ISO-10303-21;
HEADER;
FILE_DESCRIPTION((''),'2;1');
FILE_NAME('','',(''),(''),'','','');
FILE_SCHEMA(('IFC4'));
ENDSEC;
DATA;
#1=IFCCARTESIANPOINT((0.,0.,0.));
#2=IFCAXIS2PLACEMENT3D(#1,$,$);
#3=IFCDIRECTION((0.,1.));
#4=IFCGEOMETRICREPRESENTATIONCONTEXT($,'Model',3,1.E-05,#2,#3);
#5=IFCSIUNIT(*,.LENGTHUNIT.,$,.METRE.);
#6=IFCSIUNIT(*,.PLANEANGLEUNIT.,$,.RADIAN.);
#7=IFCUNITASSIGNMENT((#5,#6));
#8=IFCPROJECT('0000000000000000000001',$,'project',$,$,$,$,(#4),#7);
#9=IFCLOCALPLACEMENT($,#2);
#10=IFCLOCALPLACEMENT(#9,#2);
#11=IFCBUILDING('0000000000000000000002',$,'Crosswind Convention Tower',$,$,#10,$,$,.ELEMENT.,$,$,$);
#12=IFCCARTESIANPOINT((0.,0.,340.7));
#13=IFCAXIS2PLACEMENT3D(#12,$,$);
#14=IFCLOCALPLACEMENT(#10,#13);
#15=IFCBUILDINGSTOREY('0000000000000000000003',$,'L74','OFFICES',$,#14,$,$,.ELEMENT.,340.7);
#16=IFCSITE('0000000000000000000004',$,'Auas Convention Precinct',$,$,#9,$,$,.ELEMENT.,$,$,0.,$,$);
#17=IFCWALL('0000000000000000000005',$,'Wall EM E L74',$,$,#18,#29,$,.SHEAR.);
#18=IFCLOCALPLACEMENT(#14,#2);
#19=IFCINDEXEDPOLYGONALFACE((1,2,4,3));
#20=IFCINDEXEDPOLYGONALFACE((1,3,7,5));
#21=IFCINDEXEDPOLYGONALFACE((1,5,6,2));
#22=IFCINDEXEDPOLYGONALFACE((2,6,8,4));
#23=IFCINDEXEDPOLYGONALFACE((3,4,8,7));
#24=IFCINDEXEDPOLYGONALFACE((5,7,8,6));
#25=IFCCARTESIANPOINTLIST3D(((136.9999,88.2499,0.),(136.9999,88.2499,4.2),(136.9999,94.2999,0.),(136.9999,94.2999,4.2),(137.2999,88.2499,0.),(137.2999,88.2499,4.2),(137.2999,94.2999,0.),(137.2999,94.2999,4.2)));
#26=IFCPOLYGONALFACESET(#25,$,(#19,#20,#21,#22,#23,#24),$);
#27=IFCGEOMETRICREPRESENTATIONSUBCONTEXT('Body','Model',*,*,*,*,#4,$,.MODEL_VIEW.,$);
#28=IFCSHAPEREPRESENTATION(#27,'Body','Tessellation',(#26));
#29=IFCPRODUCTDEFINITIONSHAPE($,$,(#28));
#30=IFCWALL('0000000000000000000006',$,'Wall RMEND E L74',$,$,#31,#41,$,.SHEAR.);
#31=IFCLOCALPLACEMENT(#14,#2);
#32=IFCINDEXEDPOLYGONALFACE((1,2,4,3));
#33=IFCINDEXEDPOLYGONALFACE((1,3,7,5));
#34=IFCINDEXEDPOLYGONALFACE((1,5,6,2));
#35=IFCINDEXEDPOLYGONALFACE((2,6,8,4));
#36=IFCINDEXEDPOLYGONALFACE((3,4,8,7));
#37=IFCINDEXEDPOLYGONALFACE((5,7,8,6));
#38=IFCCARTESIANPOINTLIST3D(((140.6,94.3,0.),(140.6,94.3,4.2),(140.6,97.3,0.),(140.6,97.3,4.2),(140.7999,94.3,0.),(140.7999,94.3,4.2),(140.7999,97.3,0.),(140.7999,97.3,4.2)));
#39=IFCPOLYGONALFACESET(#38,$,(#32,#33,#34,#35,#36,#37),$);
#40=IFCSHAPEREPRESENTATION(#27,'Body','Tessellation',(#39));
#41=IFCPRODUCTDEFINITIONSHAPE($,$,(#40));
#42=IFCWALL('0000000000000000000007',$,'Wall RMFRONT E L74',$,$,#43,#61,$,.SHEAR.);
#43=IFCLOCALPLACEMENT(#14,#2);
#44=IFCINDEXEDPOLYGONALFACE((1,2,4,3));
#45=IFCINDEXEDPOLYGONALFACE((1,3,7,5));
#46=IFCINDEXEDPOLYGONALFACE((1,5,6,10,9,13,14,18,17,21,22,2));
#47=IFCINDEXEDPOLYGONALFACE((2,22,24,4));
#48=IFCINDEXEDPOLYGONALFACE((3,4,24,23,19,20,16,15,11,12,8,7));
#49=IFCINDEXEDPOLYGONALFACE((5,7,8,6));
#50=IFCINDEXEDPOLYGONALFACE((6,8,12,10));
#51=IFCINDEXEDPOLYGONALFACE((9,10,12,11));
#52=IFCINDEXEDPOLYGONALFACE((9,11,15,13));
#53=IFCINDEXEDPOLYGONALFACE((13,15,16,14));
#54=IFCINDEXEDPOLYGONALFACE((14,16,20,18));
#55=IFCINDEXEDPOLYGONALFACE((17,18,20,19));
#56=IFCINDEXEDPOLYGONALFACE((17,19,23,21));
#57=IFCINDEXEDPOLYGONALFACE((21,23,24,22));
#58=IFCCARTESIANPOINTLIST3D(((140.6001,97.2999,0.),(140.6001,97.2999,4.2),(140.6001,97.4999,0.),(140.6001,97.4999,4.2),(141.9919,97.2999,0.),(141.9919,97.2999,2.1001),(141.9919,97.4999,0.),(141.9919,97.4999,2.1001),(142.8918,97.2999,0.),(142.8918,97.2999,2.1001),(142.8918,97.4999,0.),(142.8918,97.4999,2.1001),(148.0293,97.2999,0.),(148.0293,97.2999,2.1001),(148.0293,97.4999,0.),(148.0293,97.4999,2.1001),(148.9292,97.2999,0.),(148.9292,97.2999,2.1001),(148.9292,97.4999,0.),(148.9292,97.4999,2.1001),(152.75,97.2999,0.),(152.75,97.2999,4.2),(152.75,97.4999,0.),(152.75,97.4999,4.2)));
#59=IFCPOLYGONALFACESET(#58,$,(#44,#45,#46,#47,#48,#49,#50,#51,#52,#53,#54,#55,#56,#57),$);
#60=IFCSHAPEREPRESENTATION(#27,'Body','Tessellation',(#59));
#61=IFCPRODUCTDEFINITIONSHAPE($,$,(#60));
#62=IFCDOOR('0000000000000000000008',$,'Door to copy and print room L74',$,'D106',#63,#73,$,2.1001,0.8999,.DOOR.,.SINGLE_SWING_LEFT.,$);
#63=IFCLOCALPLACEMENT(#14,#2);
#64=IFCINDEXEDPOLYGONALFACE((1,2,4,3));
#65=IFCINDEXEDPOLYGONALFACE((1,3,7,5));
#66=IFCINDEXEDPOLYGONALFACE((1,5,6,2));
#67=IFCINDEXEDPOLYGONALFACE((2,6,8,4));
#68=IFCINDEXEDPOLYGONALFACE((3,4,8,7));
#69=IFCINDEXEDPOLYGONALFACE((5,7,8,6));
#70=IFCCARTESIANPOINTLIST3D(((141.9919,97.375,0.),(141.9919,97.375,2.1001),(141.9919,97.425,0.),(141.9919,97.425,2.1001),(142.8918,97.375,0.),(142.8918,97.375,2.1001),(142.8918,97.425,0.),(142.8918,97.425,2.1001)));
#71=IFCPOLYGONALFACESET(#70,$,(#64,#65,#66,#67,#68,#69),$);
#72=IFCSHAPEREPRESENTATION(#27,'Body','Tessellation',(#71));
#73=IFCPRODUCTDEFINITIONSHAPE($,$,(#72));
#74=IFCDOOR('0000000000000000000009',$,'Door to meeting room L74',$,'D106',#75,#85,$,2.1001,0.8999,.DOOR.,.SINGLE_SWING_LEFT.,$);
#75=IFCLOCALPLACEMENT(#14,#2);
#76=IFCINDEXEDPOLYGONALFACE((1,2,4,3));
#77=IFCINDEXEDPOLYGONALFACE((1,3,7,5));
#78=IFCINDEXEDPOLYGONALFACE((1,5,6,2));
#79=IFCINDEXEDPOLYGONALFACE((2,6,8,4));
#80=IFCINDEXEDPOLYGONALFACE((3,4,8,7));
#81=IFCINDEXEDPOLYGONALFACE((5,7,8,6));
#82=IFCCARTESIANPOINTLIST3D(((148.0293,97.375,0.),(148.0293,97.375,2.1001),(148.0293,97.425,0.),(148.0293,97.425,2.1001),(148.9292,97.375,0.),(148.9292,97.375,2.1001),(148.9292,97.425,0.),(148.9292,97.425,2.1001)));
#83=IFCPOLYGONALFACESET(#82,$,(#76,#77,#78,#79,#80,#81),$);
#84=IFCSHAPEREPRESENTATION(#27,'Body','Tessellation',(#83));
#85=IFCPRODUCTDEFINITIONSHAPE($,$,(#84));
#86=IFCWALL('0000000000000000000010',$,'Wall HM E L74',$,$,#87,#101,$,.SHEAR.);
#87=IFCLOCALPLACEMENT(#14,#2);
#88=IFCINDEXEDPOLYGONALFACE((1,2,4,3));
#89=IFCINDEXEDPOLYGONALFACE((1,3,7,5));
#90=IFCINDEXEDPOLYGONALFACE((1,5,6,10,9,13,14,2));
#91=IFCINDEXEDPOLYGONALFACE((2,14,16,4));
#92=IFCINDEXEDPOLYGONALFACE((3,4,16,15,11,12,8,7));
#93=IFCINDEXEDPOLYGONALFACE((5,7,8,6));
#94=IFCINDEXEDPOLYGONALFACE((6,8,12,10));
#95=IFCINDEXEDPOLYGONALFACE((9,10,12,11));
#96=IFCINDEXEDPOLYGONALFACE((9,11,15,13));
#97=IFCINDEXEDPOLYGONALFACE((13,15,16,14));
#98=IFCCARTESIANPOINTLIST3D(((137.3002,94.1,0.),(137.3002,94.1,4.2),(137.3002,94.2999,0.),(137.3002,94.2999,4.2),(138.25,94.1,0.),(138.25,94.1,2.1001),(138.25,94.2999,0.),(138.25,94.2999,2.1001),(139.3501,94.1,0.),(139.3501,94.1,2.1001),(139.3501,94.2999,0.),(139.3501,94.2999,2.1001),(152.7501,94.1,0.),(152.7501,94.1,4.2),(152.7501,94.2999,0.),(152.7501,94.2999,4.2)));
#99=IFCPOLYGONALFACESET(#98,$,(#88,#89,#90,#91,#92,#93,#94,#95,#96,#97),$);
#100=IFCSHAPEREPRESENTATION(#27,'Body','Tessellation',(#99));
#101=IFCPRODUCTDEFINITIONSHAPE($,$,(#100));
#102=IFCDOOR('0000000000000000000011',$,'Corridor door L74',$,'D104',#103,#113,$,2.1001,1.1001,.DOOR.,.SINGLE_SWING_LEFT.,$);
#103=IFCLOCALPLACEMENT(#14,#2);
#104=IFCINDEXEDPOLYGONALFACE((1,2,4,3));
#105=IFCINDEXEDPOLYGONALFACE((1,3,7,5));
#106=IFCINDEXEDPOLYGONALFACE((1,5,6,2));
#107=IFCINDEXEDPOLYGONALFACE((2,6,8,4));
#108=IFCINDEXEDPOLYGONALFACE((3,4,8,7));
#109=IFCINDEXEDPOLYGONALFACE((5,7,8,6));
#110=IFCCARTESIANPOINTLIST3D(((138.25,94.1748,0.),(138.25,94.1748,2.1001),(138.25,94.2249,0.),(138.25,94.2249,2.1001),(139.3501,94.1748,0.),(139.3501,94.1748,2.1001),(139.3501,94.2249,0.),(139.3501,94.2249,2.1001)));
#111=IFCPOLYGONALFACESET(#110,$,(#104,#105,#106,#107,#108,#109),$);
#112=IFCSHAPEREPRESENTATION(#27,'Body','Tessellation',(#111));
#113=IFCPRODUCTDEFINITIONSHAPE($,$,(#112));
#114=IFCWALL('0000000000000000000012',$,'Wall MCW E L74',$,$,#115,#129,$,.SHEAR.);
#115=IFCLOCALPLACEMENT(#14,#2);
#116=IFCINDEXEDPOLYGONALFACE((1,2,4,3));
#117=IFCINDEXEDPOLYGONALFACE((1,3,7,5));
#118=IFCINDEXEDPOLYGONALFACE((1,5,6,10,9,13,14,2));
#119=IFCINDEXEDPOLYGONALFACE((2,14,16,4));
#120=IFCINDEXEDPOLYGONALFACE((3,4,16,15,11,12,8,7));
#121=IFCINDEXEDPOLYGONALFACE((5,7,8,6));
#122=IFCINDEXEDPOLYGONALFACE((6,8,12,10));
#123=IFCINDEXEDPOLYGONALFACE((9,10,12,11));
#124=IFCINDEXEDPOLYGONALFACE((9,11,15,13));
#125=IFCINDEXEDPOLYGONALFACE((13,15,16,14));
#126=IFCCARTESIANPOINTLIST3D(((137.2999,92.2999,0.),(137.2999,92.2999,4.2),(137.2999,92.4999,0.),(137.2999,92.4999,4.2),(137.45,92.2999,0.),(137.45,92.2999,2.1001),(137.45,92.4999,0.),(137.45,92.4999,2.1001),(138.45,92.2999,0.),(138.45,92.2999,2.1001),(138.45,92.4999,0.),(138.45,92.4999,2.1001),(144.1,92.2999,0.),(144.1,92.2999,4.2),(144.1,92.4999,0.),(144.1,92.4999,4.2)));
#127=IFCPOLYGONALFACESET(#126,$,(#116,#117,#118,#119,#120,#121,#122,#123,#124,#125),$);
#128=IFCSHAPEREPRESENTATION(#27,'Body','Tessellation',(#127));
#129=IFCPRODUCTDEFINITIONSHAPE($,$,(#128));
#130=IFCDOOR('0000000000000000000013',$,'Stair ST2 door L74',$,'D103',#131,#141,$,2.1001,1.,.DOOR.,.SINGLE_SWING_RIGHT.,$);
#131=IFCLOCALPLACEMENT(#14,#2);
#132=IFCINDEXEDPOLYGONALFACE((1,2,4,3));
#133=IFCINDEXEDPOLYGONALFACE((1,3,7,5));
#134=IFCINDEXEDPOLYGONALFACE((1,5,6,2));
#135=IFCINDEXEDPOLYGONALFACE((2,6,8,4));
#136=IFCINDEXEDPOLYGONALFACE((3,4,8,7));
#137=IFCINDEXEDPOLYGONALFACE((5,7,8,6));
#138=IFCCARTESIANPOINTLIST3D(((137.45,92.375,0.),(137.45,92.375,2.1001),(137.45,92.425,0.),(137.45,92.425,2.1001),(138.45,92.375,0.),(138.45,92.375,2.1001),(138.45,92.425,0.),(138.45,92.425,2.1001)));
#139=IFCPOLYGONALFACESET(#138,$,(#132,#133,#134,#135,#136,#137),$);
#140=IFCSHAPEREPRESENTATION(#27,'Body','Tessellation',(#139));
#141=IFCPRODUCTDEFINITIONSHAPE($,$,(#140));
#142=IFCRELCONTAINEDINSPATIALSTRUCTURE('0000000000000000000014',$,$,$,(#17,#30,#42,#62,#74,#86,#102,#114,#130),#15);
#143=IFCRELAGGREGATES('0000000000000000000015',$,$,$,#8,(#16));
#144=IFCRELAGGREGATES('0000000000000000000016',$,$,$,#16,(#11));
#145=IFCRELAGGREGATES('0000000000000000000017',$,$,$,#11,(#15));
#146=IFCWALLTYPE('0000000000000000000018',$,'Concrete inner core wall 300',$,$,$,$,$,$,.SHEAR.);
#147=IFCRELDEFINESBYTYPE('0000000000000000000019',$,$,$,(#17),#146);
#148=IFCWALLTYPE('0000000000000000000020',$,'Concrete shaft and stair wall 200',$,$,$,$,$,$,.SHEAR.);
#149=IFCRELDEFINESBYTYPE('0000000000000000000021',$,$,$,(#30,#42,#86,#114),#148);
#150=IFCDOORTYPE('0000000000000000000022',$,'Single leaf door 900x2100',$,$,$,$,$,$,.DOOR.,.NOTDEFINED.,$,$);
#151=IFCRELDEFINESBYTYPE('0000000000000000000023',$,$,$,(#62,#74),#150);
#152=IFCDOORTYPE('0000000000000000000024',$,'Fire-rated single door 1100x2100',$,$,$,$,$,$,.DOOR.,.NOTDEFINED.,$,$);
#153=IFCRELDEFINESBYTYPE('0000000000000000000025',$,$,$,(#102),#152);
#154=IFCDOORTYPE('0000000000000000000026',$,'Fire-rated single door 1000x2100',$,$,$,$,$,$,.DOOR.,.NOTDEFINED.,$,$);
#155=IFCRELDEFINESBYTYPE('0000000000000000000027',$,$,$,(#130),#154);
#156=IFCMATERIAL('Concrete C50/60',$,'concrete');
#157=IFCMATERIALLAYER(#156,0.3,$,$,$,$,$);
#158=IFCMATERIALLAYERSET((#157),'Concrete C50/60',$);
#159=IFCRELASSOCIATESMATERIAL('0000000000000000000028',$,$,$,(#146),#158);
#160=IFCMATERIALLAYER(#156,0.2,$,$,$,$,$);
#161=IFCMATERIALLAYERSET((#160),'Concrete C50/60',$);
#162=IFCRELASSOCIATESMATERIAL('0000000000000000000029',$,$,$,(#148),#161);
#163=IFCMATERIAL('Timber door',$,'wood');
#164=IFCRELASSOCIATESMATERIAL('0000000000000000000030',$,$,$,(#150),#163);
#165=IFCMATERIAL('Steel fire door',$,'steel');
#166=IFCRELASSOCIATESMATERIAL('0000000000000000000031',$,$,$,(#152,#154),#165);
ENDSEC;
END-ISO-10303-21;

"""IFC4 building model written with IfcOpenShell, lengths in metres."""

from ifc_helpers import new_model, si_unit, direction, frame, frame_2d, origin, place, context, subcontext, project, spatial, rectangle, extrude, material, layer, layer_set, type_object, element, fill, save


model = new_model("IFC4")

# Units and contexts
model_context = context("Model", 3, precision=1e-05, world=origin(), true_north=direction((0.0, 1.0)))
body_context = subcontext(model_context, "Body", "Model", "MODEL_VIEW")
ifc_project = project(units=[si_unit("LENGTHUNIT", "METRE"), si_unit("PLANEANGLEUNIT", "RADIAN")], contexts=[model_context])

# Site, building, storey
site_placement = place(None, origin())
site = spatial("IfcSite", under=ifc_project, at=site_placement, Name="Auas Convention Precinct", CompositionType="ELEMENT", RefElevation=0.0)
building_placement = place(site_placement, origin())
building = spatial("IfcBuilding", under=site, at=building_placement, Name="Crosswind Convention Tower", CompositionType="ELEMENT")
storey_placement = place(building_placement, frame((0.0, 0.0, 340.7)))
storey = spatial("IfcBuildingStorey", under=building, at=storey_placement, Name="L74", Description="OFFICES", CompositionType="ELEMENT", Elevation=340.7)

# Shared definitions
ifc_material_1 = material(Name="Concrete C50/60", Category="concrete")
ifc_layer_1 = layer(ifc_material_1, 0.3)
ifc_layer_set_1 = layer_set([ifc_layer_1], Name="Concrete C50/60")
wall_type_1 = type_object("IfcWallType", Name="Concrete inner core wall 300", PredefinedType="SHEAR", material=ifc_layer_set_1)

# Walls
wall_1_placement = place(storey_placement, frame((137.1499, 88.25, 0.0), z_axis=(0.0, 0.0, 1.0), x_axis=(0.0, 1.0, 0.0)))
element("IfcWall", 1, at=wall_1_placement, inside=storey, type_object=wall_type_1, Name="Wall EM E L74", PredefinedType="SHEAR", context=body_context, shape_type="SweptSolid", body=[
    extrude(rectangle(XDim=6.05, YDim=0.3, at=frame_2d((3.0249, 0.0))), origin(), (0.0, 0.0, 1.0), 4.2),
])
ifc_layer_2 = layer(ifc_material_1, 0.2)
ifc_layer_set_2 = layer_set([ifc_layer_2], Name="Concrete C50/60")
wall_type_2 = type_object("IfcWallType", Name="Concrete shaft and stair wall 200", PredefinedType="SHEAR", material=ifc_layer_set_2)
wall_2_placement = place(storey_placement, frame((140.7, 94.3, 0.0), z_axis=(0.0, 0.0, 1.0), x_axis=(0.0, 1.0, 0.0)))
element("IfcWall", 2, at=wall_2_placement, inside=storey, type_object=wall_type_2, Name="Wall RMEND E L74", PredefinedType="SHEAR", context=body_context, shape_type="SweptSolid", body=[
    extrude(rectangle(XDim=3.0, YDim=0.2, at=frame_2d((1.5, 0.0))), origin(), (0.0, 0.0, 1.0), 4.2),
])

# Wall, openings, doors
wall_3_placement = place(storey_placement, frame((140.6001, 97.3999, 0.0), z_axis=(0.0, 0.0, 1.0), x_axis=(1.0, 0.0, 0.0)))
wall_3 = element("IfcWall", 3, at=wall_3_placement, inside=storey, type_object=wall_type_2, Name="Wall RMFRONT E L74", PredefinedType="SHEAR", context=body_context, shape_type="SweptSolid", body=[
    extrude(rectangle(XDim=12.1499, YDim=0.2, at=frame_2d((6.075, 0.0))), origin(), (0.0, 0.0, 1.0), 4.2),
])
opening_1_placement = place(wall_3_placement, frame((1.3918, 0.0, 0.0)))
opening_1 = element("IfcOpeningElement", 4, at=opening_1_placement, cuts=wall_3, PredefinedType="OPENING", context=body_context, shape_type="SweptSolid", body=[
    extrude(rectangle(XDim=0.8999, YDim=2.1001, at=frame_2d((0.45, 1.05))), frame((0.0, 0.1099, 0.0), z_axis=(0.0, -1.0, 0.0), x_axis=(1.0, 0.0, 0.0)), (0.0, 0.0, 1.0), 0.22),
])
opening_2_placement = place(wall_3_placement, frame((7.4292, 0.0, 0.0)))
opening_2 = element("IfcOpeningElement", 5, at=opening_2_placement, cuts=wall_3, PredefinedType="OPENING", context=body_context, shape_type="SweptSolid", body=[
    extrude(rectangle(XDim=0.8999, YDim=2.1001, at=frame_2d((0.45, 1.05))), frame((0.0, 0.1099, 0.0), z_axis=(0.0, -1.0, 0.0), x_axis=(1.0, 0.0, 0.0)), (0.0, 0.0, 1.0), 0.22),
])
ifc_material_2 = material(Name="Timber door", Category="wood")
door_type_1 = type_object("IfcDoorType", Name="Single leaf door 900x2100", OperationType="NOTDEFINED", PredefinedType="DOOR", material=ifc_material_2)
door_1_placement = place(opening_1_placement, frame((0.8999, 0.0, 0.0), z_axis=(0.0, 0.0, 1.0), x_axis=(-1.0, 0.0, 0.0)))
door_1 = element("IfcDoor", 6, at=door_1_placement, inside=storey, type_object=door_type_1, Name="Door to copy and print room L74", ObjectType="D106", OperationType="SINGLE_SWING_LEFT", OverallHeight=2.1001, OverallWidth=0.8999, PredefinedType="DOOR", context=body_context, shape_type="SweptSolid", body=[
    extrude(rectangle(XDim=0.8999, YDim=2.1001, at=frame_2d((0.45, 1.05))), frame((0.0, 0.0249, 0.0), z_axis=(0.0, -1.0, 0.0), x_axis=(1.0, 0.0, 0.0)), (0.0, 0.0, 1.0), 0.05),
])
fill(opening_1, door_1)
door_2_placement = place(opening_2_placement, frame((0.8999, 0.0, 0.0), z_axis=(0.0, 0.0, 1.0), x_axis=(-1.0, 0.0, 0.0)))
door_2 = element("IfcDoor", 7, at=door_2_placement, inside=storey, type_object=door_type_1, Name="Door to meeting room L74", ObjectType="D106", OperationType="SINGLE_SWING_LEFT", OverallHeight=2.1001, OverallWidth=0.8999, PredefinedType="DOOR", context=body_context, shape_type="SweptSolid", body=[
    extrude(rectangle(XDim=0.8999, YDim=2.1001, at=frame_2d((0.45, 1.05))), frame((0.0, 0.0249, 0.0), z_axis=(0.0, -1.0, 0.0), x_axis=(1.0, 0.0, 0.0)), (0.0, 0.0, 1.0), 0.05),
])
fill(opening_2, door_2)

# Walls, openings, doors
wall_4_placement = place(storey_placement, frame((137.3, 94.2, 0.0), z_axis=(0.0, 0.0, 1.0), x_axis=(1.0, 0.0, 0.0)))
wall_4 = element("IfcWall", 8, at=wall_4_placement, inside=storey, type_object=wall_type_2, Name="Wall HM E L74", PredefinedType="SHEAR", context=body_context, shape_type="SweptSolid", body=[
    extrude(rectangle(XDim=15.45, YDim=0.2, at=frame_2d((7.7251, 0.0))), origin(), (0.0, 0.0, 1.0), 4.2),
])
opening_3_placement = place(wall_4_placement, frame((0.95, 0.0, 0.0)))
opening_3 = element("IfcOpeningElement", 9, at=opening_3_placement, cuts=wall_4, PredefinedType="OPENING", context=body_context, shape_type="SweptSolid", body=[
    extrude(rectangle(XDim=1.1001, YDim=2.1001, at=frame_2d((0.55, 1.05))), frame((0.0, 0.1099, 0.0), z_axis=(0.0, -1.0, 0.0), x_axis=(1.0, 0.0, 0.0)), (0.0, 0.0, 1.0), 0.22),
])
ifc_material_3 = material(Name="Steel fire door", Category="steel")
door_type_2 = type_object("IfcDoorType", Name="Fire-rated single door 1100x2100", OperationType="NOTDEFINED", PredefinedType="DOOR", material=ifc_material_3)
door_3_placement = place(opening_3_placement, origin())
door_3 = element("IfcDoor", 10, at=door_3_placement, inside=storey, type_object=door_type_2, Name="Corridor door L74", ObjectType="D104", OperationType="SINGLE_SWING_LEFT", OverallHeight=2.1001, OverallWidth=1.1001, PredefinedType="DOOR", context=body_context, shape_type="SweptSolid", body=[
    extrude(rectangle(XDim=1.1001, YDim=2.1001, at=frame_2d((0.55, 1.05))), frame((0.0, 0.0249, 0.0), z_axis=(0.0, -1.0, 0.0), x_axis=(1.0, 0.0, 0.0)), (0.0, 0.0, 1.0), 0.05),
])
fill(opening_3, door_3)
wall_5_placement = place(storey_placement, frame((137.3, 92.3999, 0.0), z_axis=(0.0, 0.0, 1.0), x_axis=(1.0, 0.0, 0.0)))
wall_5 = element("IfcWall", 11, at=wall_5_placement, inside=storey, type_object=wall_type_2, Name="Wall MCW E L74", PredefinedType="SHEAR", context=body_context, shape_type="SweptSolid", body=[
    extrude(rectangle(XDim=6.8, YDim=0.2, at=frame_2d((3.3999, 0.0))), origin(), (0.0, 0.0, 1.0), 4.2),
])
opening_4_placement = place(wall_5_placement, frame((0.1499, 0.0, 0.0)))
opening_4 = element("IfcOpeningElement", 12, at=opening_4_placement, cuts=wall_5, PredefinedType="OPENING", context=body_context, shape_type="SweptSolid", body=[
    extrude(rectangle(XDim=1.0, YDim=2.1001, at=frame_2d((0.5, 1.05))), frame((0.0, 0.1099, 0.0), z_axis=(0.0, -1.0, 0.0), x_axis=(1.0, 0.0, 0.0)), (0.0, 0.0, 1.0), 0.22),
])
door_type_3 = type_object("IfcDoorType", Name="Fire-rated single door 1000x2100", OperationType="NOTDEFINED", PredefinedType="DOOR", material=ifc_material_3)
door_4_placement = place(opening_4_placement, frame((1.0, 0.0, 0.0), z_axis=(0.0, 0.0, 1.0), x_axis=(-1.0, 0.0, 0.0)))
door_4 = element("IfcDoor", 13, at=door_4_placement, inside=storey, type_object=door_type_3, Name="Stair ST2 door L74", ObjectType="D103", OperationType="SINGLE_SWING_RIGHT", OverallHeight=2.1001, OverallWidth=1.0, PredefinedType="DOOR", context=body_context, shape_type="SweptSolid", body=[
    extrude(rectangle(XDim=1.0, YDim=2.1001, at=frame_2d((0.5, 1.05))), frame((0.0, 0.0249, 0.0), z_axis=(0.0, -1.0, 0.0), x_axis=(1.0, 0.0, 0.0)), (0.0, 0.0, 1.0), 0.05),
])
fill(opening_4, door_4)

save(model, "model.ifc")
